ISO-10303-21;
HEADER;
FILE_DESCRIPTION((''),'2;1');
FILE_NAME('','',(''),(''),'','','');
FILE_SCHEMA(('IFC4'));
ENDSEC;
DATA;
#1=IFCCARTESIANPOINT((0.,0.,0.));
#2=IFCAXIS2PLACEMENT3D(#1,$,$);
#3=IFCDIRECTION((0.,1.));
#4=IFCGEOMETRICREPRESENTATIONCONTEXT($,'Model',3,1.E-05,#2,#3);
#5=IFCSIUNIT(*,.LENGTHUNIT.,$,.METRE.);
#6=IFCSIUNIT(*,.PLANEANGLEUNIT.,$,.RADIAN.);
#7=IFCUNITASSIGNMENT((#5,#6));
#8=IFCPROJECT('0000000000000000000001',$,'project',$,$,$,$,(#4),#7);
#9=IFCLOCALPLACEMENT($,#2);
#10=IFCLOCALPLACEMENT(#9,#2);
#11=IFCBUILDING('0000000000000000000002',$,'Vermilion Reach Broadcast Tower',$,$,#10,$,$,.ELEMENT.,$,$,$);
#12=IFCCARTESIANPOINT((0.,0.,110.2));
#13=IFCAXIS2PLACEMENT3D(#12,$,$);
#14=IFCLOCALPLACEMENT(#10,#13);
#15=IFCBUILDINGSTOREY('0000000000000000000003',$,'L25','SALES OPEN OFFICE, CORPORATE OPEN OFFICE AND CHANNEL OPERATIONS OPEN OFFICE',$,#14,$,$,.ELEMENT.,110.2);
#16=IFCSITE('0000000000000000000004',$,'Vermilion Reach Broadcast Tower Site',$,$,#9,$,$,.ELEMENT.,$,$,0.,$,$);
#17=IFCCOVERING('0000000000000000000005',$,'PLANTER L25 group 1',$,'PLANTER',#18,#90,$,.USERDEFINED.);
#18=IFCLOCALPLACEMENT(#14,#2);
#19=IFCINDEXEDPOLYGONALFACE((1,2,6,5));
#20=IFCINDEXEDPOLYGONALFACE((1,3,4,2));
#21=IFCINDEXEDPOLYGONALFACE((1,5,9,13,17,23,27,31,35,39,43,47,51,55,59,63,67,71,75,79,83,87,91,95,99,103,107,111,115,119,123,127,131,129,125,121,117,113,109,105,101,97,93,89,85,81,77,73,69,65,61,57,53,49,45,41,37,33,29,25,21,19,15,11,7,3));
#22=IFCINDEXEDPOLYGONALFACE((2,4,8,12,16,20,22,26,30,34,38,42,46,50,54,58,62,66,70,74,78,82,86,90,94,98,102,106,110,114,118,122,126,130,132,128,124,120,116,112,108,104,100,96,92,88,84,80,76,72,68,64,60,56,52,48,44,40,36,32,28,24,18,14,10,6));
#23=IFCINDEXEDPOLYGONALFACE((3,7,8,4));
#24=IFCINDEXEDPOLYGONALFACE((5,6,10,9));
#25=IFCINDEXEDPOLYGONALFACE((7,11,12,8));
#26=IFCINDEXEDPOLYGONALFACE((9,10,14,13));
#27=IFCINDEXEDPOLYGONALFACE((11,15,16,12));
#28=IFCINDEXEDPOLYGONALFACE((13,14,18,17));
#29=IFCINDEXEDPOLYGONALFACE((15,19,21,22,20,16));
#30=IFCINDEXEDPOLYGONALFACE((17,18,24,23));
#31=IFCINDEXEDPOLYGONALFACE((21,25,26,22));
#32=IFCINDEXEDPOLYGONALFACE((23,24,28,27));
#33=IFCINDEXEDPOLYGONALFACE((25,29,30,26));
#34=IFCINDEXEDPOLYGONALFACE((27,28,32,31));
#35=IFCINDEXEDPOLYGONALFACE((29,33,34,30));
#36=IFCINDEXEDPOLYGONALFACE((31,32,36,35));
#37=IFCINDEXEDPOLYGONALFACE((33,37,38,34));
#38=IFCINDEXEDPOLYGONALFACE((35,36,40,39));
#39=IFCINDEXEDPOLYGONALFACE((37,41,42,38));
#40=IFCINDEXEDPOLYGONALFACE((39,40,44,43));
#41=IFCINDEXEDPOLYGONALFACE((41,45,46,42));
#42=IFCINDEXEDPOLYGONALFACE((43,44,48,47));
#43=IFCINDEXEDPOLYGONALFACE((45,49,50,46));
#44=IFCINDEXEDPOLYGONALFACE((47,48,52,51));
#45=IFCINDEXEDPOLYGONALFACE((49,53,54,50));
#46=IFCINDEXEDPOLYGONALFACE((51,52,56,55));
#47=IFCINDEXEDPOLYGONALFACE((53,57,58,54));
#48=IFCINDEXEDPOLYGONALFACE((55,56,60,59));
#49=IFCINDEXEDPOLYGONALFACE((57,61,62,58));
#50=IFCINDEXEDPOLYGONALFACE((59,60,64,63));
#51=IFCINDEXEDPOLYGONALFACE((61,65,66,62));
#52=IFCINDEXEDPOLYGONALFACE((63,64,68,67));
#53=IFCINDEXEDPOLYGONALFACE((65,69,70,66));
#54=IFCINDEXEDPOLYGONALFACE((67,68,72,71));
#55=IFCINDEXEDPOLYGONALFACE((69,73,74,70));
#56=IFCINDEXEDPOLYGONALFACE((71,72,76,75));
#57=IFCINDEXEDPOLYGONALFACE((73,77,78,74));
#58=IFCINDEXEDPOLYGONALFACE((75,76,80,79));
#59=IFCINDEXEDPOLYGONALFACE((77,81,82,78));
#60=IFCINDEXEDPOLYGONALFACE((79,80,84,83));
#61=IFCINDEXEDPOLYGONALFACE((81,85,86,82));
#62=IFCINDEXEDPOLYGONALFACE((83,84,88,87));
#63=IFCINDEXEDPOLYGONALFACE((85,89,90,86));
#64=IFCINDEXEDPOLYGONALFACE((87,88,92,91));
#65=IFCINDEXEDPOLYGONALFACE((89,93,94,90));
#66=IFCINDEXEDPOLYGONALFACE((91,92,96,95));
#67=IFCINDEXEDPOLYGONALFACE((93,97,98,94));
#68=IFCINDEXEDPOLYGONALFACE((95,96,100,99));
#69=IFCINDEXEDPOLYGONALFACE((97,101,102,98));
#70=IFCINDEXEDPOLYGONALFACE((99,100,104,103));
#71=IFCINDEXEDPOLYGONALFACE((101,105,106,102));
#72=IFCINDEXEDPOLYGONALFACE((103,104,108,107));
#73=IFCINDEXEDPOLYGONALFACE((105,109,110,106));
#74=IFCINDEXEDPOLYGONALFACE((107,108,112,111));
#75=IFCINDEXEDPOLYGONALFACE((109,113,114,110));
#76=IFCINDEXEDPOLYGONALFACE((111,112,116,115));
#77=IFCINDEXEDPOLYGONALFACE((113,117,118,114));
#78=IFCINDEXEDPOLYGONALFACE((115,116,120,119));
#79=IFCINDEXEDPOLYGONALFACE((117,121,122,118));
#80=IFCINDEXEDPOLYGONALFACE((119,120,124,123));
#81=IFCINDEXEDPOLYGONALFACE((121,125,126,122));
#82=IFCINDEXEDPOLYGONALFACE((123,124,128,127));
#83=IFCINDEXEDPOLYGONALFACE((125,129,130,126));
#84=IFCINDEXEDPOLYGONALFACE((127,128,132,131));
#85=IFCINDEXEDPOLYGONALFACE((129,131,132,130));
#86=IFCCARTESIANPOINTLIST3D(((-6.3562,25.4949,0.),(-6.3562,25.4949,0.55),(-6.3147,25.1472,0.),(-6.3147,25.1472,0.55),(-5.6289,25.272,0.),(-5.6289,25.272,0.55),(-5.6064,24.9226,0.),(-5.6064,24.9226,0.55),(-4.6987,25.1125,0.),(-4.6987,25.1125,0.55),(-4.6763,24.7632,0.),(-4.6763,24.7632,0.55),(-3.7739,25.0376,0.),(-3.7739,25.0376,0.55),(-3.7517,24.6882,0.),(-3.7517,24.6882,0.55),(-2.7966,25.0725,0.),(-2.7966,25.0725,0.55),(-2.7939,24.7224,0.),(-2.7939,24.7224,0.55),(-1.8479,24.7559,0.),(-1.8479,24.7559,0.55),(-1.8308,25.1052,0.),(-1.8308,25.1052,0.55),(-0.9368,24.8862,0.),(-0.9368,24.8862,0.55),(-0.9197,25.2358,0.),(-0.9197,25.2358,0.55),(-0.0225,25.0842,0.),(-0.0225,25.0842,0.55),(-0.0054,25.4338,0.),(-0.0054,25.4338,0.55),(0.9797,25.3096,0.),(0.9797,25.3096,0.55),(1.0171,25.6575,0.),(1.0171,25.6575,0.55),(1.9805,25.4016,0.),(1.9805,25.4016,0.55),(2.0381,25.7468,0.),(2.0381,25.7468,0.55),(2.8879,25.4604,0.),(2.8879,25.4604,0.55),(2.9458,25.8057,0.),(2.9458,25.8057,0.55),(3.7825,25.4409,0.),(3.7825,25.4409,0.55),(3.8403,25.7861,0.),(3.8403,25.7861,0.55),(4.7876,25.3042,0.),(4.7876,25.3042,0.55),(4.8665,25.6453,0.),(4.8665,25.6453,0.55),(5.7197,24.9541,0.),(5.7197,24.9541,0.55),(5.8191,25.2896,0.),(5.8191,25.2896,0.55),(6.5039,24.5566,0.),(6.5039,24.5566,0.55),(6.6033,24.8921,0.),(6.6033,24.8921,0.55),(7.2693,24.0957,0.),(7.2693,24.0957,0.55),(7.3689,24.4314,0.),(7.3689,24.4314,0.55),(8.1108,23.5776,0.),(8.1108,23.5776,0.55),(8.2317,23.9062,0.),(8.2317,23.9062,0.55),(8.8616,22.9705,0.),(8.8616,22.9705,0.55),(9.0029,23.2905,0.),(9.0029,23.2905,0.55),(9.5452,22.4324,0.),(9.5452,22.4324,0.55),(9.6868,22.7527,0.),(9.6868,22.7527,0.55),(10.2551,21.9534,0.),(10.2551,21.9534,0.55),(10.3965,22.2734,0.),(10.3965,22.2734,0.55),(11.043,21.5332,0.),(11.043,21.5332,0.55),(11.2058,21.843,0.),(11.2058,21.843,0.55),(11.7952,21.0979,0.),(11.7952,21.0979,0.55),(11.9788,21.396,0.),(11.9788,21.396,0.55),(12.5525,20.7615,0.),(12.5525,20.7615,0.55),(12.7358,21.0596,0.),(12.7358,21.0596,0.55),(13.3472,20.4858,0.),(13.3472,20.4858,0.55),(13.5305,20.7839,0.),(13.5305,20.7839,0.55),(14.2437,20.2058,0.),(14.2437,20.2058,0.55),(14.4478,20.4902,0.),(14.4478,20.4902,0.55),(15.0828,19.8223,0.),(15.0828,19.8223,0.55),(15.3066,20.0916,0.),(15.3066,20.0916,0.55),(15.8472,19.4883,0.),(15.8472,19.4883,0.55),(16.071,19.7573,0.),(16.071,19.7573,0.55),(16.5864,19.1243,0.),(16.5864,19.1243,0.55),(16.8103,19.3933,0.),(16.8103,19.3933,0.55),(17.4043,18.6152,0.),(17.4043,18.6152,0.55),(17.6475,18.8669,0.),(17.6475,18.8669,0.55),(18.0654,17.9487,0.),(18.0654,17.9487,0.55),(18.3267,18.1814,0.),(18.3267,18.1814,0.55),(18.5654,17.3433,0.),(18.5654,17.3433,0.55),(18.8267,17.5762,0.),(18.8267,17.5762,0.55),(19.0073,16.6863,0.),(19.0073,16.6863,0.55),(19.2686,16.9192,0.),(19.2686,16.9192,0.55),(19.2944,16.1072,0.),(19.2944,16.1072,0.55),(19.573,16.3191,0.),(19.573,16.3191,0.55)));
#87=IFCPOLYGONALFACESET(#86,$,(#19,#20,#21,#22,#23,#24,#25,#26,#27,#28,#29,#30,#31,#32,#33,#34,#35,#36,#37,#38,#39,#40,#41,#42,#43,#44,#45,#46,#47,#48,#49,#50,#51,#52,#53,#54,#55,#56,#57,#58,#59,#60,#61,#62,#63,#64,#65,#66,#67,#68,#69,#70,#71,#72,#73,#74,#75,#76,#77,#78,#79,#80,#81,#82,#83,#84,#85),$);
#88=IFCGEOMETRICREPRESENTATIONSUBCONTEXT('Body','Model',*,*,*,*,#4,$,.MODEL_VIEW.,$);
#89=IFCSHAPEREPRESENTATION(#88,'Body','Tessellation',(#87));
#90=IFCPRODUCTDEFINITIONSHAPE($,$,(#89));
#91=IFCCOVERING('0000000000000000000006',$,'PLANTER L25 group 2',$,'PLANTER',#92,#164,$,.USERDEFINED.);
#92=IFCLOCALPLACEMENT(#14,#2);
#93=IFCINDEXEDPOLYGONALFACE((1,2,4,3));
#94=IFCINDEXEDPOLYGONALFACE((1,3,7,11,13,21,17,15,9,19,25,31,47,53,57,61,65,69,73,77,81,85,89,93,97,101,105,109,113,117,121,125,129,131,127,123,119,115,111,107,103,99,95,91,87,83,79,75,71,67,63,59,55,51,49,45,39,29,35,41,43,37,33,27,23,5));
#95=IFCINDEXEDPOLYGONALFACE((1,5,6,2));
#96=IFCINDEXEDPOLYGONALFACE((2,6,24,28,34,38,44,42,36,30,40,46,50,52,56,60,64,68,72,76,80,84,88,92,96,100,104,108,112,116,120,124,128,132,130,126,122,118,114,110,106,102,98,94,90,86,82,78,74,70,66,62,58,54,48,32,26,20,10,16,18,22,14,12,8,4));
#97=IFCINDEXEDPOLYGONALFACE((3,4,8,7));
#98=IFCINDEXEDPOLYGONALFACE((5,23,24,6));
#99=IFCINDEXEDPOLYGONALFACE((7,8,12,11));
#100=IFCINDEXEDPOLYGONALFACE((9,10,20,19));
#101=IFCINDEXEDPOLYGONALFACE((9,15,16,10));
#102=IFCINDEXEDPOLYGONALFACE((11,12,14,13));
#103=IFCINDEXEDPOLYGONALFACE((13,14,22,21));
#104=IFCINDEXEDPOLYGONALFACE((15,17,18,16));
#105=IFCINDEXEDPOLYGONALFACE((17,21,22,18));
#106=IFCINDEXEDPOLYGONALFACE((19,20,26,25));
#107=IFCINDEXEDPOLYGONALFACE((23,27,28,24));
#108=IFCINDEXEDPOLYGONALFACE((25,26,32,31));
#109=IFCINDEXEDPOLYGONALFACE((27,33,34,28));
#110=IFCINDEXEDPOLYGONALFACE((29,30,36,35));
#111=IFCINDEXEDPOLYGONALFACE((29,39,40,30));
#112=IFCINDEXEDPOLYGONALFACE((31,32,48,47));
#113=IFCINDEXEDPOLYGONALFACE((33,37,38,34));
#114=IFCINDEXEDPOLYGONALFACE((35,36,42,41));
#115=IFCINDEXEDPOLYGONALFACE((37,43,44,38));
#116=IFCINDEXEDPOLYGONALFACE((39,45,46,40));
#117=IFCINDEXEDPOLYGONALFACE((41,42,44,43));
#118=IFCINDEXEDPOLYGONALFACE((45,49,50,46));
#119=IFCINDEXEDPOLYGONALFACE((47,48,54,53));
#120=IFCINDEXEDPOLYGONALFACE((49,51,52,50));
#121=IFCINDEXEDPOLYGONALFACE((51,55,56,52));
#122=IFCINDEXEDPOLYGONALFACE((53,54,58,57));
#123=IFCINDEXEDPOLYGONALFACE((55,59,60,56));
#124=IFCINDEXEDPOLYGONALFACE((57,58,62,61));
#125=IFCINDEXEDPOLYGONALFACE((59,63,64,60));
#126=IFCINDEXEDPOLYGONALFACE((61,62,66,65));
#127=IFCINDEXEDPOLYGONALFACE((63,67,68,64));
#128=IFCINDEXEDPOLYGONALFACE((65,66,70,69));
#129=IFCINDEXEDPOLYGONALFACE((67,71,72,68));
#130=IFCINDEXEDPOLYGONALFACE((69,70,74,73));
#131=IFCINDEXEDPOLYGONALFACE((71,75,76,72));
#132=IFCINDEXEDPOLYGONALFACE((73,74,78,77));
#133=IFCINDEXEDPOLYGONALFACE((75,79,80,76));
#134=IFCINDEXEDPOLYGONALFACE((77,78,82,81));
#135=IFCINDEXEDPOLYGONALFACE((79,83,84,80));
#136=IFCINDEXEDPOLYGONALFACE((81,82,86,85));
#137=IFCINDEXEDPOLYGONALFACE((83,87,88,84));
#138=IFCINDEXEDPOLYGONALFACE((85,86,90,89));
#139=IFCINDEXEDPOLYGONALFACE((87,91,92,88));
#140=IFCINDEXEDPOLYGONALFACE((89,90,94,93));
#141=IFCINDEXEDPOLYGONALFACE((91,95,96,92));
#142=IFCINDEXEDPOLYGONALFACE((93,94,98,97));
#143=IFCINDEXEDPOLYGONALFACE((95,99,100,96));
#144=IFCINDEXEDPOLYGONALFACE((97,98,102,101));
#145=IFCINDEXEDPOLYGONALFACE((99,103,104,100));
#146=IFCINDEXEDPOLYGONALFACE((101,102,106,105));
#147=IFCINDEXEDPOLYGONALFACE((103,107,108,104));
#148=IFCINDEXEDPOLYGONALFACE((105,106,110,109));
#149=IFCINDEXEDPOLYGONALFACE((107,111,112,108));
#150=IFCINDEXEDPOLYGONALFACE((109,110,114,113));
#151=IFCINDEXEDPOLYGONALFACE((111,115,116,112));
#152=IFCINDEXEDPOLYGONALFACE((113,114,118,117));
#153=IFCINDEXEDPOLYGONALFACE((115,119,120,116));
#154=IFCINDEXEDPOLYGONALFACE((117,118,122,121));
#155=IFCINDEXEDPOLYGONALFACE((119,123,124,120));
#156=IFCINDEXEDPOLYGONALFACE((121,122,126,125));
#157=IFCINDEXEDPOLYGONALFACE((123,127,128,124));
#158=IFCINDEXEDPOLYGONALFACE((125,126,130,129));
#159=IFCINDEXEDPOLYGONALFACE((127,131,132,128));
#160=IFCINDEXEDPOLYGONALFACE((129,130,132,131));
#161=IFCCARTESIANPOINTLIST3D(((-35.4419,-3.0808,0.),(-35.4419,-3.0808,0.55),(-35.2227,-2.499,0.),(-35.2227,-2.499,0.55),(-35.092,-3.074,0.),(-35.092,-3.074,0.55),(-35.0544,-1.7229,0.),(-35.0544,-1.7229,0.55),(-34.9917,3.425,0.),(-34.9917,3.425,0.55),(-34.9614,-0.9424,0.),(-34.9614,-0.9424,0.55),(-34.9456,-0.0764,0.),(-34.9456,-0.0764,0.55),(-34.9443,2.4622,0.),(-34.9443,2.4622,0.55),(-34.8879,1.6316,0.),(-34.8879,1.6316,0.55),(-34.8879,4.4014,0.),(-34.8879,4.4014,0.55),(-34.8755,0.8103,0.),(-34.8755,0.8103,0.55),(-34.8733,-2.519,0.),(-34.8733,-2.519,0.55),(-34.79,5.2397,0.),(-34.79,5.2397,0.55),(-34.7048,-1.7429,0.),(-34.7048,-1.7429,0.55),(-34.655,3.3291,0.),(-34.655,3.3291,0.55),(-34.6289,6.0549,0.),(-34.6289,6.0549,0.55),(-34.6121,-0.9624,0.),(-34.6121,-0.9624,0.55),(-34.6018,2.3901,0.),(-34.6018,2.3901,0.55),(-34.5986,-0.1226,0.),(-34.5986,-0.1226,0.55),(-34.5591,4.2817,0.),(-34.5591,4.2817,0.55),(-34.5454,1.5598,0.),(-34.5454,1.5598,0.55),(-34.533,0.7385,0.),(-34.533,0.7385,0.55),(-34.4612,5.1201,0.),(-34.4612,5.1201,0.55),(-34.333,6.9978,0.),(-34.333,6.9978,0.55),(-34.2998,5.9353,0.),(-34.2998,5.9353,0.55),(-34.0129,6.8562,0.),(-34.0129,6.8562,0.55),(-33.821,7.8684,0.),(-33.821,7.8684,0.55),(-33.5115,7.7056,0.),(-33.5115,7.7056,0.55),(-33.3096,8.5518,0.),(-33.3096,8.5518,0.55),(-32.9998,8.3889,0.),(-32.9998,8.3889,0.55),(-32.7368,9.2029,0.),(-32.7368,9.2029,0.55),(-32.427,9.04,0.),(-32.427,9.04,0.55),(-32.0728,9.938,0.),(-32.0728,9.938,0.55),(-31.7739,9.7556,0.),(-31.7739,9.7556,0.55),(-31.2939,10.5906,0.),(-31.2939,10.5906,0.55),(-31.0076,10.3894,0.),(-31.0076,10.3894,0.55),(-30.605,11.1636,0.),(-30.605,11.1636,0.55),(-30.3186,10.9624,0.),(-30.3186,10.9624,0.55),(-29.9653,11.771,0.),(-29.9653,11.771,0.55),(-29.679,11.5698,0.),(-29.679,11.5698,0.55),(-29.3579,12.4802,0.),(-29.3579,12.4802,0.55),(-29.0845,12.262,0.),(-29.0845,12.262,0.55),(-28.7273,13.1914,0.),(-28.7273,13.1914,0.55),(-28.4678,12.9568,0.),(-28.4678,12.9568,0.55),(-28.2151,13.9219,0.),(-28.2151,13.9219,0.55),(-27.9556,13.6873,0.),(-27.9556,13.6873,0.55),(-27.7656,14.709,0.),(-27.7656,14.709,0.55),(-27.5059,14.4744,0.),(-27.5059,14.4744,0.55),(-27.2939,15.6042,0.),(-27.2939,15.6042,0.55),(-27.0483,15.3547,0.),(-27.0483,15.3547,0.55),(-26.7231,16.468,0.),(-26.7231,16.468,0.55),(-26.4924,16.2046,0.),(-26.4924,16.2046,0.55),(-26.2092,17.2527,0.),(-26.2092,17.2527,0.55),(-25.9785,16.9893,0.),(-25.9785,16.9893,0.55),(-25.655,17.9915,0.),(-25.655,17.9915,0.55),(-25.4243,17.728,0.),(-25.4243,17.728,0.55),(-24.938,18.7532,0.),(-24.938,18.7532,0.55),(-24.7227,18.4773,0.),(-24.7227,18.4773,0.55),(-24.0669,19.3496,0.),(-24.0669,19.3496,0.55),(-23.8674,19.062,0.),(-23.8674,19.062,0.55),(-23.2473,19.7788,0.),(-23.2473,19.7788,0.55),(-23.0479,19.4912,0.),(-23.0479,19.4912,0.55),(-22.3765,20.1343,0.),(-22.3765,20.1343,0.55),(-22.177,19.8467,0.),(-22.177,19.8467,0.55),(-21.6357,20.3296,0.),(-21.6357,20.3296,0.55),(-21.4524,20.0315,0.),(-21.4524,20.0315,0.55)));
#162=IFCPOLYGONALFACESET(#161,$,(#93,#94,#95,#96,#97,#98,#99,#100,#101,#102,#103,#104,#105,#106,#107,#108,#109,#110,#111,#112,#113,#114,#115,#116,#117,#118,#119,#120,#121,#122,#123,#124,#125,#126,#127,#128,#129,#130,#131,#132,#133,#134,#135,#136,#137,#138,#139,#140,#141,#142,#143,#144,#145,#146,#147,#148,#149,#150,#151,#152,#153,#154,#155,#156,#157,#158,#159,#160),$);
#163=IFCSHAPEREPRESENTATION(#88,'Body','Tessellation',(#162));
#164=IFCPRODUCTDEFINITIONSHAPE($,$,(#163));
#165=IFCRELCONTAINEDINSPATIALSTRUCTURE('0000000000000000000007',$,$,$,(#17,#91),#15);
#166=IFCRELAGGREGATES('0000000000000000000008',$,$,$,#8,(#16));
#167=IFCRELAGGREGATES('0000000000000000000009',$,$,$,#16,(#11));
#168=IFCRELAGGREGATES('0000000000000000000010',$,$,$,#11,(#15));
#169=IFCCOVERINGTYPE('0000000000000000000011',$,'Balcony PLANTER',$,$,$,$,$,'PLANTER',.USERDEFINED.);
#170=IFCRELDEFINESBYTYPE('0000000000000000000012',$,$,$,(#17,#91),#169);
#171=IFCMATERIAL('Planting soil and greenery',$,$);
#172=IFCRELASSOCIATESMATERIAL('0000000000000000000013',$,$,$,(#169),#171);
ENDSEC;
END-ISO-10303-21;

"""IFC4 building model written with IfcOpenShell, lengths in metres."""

from ifc_helpers import new_model, si_unit, direction, frame, origin, place, context, subcontext, project, spatial, polyline, outline, extrude, material, type_object, element, save


model = new_model("IFC4")

# Units and contexts
model_context = context("Model", 3, precision=1e-05, world=origin(), true_north=direction((0.0, 1.0)))
body_context = subcontext(model_context, "Body", "Model", "MODEL_VIEW")
ifc_project = project(units=[si_unit("LENGTHUNIT", "METRE"), si_unit("PLANEANGLEUNIT", "RADIAN")], contexts=[model_context])

# Site, building, storey
site_placement = place(None, origin())
site = spatial("IfcSite", under=ifc_project, at=site_placement, Name="Vermilion Reach Broadcast Tower Site", CompositionType="ELEMENT", RefElevation=0.0)
building_placement = place(site_placement, origin())
building = spatial("IfcBuilding", under=site, at=building_placement, Name="Vermilion Reach Broadcast Tower", CompositionType="ELEMENT")
storey_placement = place(building_placement, frame((0.0, 0.0, 110.2)))
storey = spatial("IfcBuildingStorey", under=building, at=storey_placement, Name="L25", Description="SALES OPEN OFFICE, CORPORATE OPEN OFFICE AND CHANNEL OPERATIONS OPEN OFFICE", CompositionType="ELEMENT", Elevation=110.2)

# Shared definitions
placement_1 = place(storey_placement, origin())

# Coverings
ifc_material_1 = material(Name="Planting soil and greenery")
covering_type = type_object("IfcCoveringType", Name="Balcony PLANTER", ElementType="PLANTER", PredefinedType="USERDEFINED", material=ifc_material_1)
element("IfcCovering", 1, at=placement_1, inside=storey, type_object=covering_type, Name="PLANTER L25 group 1", ObjectType="PLANTER", PredefinedType="USERDEFINED", context=body_context, shape_type="SweptSolid", body=[
    extrude(outline(polyline([(19.573, 16.3191), (19.2686, 16.9192), (18.8267, 17.5762), (18.3267, 18.1814), (17.6475, 18.8669), (16.8103, 19.3933), (16.071, 19.7573), (15.3066, 20.0916), (14.4478, 20.4902), (13.5305, 20.7839), (12.7358, 21.0596), (11.9788, 21.396), (11.2058, 21.843), (10.3965, 22.2734), (9.6868, 22.7527), (9.0029, 23.2905), (8.2317, 23.9062), (7.3689, 24.4314), (6.6033, 24.8921), (5.8191, 25.2896), (4.8665, 25.6453), (3.8403, 25.7861), (2.9458, 25.8057), (2.0381, 25.7468), (1.0171, 25.6575), (-0.0054, 25.4338), (-0.9197, 25.2358), (-1.8308, 25.1052), (-2.7966, 25.0725), (-3.7739, 25.0376), (-4.6987, 25.1125), (-5.6289, 25.272), (-6.3562, 25.4949), (-6.3147, 25.1472), (-5.6064, 24.9226), (-4.6763, 24.7632), (-3.7517, 24.6882), (-2.7939, 24.7224), (-1.8479, 24.7559), (-0.9368, 24.8862), (-0.0225, 25.0842), (0.9797, 25.3096), (1.9805, 25.4016), (2.8879, 25.4604), (3.7825, 25.4409), (4.7876, 25.3042), (5.7197, 24.9541), (6.5039, 24.5566), (7.2693, 24.0957), (8.1108, 23.5776), (8.8616, 22.9705), (9.5452, 22.4324), (10.2551, 21.9534), (11.043, 21.5332), (11.7952, 21.0979), (12.5525, 20.7615), (13.3472, 20.4858), (14.2437, 20.2058), (15.0828, 19.8223), (15.8472, 19.4883), (16.5864, 19.1243), (17.4043, 18.6152), (18.0654, 17.9487), (18.5654, 17.3433), (19.0073, 16.6863), (19.2944, 16.1072), (19.573, 16.3191)])), origin(), (0.0, 0.0, 1.0), 0.55),
])
element("IfcCovering", 2, at=placement_1, inside=storey, type_object=covering_type, Name="PLANTER L25 group 2", ObjectType="PLANTER", PredefinedType="USERDEFINED", context=body_context, shape_type="SweptSolid", body=[
    extrude(outline(polyline([(-21.6357, 20.3296), (-22.3765, 20.1343), (-23.2473, 19.7788), (-24.0669, 19.3496), (-24.938, 18.7532), (-25.655, 17.9915), (-26.2092, 17.2527), (-26.7231, 16.468), (-27.2939, 15.6042), (-27.7656, 14.709), (-28.2151, 13.9219), (-28.7273, 13.1914), (-29.3579, 12.4802), (-29.9653, 11.771), (-30.605, 11.1636), (-31.2939, 10.5906), (-32.0728, 9.938), (-32.7368, 9.2029), (-33.3096, 8.5518), (-33.821, 7.8684), (-34.333, 6.9978), (-34.6289, 6.0549), (-34.79, 5.2397), (-34.8879, 4.4014), (-34.9917, 3.425), (-34.9443, 2.4622), (-34.8879, 1.6316), (-34.8755, 0.8103), (-34.9456, -0.0764), (-34.9614, -0.9424), (-35.0544, -1.7229), (-35.2227, -2.499), (-35.4419, -3.0808), (-35.092, -3.074), (-34.8733, -2.519), (-34.7048, -1.7429), (-34.6121, -0.9624), (-34.5986, -0.1226), (-34.533, 0.7385), (-34.5454, 1.5598), (-34.6018, 2.3901), (-34.655, 3.3291), (-34.5591, 4.2817), (-34.4612, 5.1201), (-34.2998, 5.9353), (-34.0129, 6.8562), (-33.5115, 7.7056), (-32.9998, 8.3889), (-32.427, 9.04), (-31.7739, 9.7556), (-31.0076, 10.3894), (-30.3186, 10.9624), (-29.679, 11.5698), (-29.0845, 12.262), (-28.4678, 12.9568), (-27.9556, 13.6873), (-27.5059, 14.4744), (-27.0483, 15.3547), (-26.4924, 16.2046), (-25.9785, 16.9893), (-25.4243, 17.728), (-24.7227, 18.4773), (-23.8674, 19.062), (-23.0479, 19.4912), (-22.177, 19.8467), (-21.4524, 20.0315), (-21.6357, 20.3296)])), origin(), (0.0, 0.0, 1.0), 0.55),
])

save(model, "model.ifc")
